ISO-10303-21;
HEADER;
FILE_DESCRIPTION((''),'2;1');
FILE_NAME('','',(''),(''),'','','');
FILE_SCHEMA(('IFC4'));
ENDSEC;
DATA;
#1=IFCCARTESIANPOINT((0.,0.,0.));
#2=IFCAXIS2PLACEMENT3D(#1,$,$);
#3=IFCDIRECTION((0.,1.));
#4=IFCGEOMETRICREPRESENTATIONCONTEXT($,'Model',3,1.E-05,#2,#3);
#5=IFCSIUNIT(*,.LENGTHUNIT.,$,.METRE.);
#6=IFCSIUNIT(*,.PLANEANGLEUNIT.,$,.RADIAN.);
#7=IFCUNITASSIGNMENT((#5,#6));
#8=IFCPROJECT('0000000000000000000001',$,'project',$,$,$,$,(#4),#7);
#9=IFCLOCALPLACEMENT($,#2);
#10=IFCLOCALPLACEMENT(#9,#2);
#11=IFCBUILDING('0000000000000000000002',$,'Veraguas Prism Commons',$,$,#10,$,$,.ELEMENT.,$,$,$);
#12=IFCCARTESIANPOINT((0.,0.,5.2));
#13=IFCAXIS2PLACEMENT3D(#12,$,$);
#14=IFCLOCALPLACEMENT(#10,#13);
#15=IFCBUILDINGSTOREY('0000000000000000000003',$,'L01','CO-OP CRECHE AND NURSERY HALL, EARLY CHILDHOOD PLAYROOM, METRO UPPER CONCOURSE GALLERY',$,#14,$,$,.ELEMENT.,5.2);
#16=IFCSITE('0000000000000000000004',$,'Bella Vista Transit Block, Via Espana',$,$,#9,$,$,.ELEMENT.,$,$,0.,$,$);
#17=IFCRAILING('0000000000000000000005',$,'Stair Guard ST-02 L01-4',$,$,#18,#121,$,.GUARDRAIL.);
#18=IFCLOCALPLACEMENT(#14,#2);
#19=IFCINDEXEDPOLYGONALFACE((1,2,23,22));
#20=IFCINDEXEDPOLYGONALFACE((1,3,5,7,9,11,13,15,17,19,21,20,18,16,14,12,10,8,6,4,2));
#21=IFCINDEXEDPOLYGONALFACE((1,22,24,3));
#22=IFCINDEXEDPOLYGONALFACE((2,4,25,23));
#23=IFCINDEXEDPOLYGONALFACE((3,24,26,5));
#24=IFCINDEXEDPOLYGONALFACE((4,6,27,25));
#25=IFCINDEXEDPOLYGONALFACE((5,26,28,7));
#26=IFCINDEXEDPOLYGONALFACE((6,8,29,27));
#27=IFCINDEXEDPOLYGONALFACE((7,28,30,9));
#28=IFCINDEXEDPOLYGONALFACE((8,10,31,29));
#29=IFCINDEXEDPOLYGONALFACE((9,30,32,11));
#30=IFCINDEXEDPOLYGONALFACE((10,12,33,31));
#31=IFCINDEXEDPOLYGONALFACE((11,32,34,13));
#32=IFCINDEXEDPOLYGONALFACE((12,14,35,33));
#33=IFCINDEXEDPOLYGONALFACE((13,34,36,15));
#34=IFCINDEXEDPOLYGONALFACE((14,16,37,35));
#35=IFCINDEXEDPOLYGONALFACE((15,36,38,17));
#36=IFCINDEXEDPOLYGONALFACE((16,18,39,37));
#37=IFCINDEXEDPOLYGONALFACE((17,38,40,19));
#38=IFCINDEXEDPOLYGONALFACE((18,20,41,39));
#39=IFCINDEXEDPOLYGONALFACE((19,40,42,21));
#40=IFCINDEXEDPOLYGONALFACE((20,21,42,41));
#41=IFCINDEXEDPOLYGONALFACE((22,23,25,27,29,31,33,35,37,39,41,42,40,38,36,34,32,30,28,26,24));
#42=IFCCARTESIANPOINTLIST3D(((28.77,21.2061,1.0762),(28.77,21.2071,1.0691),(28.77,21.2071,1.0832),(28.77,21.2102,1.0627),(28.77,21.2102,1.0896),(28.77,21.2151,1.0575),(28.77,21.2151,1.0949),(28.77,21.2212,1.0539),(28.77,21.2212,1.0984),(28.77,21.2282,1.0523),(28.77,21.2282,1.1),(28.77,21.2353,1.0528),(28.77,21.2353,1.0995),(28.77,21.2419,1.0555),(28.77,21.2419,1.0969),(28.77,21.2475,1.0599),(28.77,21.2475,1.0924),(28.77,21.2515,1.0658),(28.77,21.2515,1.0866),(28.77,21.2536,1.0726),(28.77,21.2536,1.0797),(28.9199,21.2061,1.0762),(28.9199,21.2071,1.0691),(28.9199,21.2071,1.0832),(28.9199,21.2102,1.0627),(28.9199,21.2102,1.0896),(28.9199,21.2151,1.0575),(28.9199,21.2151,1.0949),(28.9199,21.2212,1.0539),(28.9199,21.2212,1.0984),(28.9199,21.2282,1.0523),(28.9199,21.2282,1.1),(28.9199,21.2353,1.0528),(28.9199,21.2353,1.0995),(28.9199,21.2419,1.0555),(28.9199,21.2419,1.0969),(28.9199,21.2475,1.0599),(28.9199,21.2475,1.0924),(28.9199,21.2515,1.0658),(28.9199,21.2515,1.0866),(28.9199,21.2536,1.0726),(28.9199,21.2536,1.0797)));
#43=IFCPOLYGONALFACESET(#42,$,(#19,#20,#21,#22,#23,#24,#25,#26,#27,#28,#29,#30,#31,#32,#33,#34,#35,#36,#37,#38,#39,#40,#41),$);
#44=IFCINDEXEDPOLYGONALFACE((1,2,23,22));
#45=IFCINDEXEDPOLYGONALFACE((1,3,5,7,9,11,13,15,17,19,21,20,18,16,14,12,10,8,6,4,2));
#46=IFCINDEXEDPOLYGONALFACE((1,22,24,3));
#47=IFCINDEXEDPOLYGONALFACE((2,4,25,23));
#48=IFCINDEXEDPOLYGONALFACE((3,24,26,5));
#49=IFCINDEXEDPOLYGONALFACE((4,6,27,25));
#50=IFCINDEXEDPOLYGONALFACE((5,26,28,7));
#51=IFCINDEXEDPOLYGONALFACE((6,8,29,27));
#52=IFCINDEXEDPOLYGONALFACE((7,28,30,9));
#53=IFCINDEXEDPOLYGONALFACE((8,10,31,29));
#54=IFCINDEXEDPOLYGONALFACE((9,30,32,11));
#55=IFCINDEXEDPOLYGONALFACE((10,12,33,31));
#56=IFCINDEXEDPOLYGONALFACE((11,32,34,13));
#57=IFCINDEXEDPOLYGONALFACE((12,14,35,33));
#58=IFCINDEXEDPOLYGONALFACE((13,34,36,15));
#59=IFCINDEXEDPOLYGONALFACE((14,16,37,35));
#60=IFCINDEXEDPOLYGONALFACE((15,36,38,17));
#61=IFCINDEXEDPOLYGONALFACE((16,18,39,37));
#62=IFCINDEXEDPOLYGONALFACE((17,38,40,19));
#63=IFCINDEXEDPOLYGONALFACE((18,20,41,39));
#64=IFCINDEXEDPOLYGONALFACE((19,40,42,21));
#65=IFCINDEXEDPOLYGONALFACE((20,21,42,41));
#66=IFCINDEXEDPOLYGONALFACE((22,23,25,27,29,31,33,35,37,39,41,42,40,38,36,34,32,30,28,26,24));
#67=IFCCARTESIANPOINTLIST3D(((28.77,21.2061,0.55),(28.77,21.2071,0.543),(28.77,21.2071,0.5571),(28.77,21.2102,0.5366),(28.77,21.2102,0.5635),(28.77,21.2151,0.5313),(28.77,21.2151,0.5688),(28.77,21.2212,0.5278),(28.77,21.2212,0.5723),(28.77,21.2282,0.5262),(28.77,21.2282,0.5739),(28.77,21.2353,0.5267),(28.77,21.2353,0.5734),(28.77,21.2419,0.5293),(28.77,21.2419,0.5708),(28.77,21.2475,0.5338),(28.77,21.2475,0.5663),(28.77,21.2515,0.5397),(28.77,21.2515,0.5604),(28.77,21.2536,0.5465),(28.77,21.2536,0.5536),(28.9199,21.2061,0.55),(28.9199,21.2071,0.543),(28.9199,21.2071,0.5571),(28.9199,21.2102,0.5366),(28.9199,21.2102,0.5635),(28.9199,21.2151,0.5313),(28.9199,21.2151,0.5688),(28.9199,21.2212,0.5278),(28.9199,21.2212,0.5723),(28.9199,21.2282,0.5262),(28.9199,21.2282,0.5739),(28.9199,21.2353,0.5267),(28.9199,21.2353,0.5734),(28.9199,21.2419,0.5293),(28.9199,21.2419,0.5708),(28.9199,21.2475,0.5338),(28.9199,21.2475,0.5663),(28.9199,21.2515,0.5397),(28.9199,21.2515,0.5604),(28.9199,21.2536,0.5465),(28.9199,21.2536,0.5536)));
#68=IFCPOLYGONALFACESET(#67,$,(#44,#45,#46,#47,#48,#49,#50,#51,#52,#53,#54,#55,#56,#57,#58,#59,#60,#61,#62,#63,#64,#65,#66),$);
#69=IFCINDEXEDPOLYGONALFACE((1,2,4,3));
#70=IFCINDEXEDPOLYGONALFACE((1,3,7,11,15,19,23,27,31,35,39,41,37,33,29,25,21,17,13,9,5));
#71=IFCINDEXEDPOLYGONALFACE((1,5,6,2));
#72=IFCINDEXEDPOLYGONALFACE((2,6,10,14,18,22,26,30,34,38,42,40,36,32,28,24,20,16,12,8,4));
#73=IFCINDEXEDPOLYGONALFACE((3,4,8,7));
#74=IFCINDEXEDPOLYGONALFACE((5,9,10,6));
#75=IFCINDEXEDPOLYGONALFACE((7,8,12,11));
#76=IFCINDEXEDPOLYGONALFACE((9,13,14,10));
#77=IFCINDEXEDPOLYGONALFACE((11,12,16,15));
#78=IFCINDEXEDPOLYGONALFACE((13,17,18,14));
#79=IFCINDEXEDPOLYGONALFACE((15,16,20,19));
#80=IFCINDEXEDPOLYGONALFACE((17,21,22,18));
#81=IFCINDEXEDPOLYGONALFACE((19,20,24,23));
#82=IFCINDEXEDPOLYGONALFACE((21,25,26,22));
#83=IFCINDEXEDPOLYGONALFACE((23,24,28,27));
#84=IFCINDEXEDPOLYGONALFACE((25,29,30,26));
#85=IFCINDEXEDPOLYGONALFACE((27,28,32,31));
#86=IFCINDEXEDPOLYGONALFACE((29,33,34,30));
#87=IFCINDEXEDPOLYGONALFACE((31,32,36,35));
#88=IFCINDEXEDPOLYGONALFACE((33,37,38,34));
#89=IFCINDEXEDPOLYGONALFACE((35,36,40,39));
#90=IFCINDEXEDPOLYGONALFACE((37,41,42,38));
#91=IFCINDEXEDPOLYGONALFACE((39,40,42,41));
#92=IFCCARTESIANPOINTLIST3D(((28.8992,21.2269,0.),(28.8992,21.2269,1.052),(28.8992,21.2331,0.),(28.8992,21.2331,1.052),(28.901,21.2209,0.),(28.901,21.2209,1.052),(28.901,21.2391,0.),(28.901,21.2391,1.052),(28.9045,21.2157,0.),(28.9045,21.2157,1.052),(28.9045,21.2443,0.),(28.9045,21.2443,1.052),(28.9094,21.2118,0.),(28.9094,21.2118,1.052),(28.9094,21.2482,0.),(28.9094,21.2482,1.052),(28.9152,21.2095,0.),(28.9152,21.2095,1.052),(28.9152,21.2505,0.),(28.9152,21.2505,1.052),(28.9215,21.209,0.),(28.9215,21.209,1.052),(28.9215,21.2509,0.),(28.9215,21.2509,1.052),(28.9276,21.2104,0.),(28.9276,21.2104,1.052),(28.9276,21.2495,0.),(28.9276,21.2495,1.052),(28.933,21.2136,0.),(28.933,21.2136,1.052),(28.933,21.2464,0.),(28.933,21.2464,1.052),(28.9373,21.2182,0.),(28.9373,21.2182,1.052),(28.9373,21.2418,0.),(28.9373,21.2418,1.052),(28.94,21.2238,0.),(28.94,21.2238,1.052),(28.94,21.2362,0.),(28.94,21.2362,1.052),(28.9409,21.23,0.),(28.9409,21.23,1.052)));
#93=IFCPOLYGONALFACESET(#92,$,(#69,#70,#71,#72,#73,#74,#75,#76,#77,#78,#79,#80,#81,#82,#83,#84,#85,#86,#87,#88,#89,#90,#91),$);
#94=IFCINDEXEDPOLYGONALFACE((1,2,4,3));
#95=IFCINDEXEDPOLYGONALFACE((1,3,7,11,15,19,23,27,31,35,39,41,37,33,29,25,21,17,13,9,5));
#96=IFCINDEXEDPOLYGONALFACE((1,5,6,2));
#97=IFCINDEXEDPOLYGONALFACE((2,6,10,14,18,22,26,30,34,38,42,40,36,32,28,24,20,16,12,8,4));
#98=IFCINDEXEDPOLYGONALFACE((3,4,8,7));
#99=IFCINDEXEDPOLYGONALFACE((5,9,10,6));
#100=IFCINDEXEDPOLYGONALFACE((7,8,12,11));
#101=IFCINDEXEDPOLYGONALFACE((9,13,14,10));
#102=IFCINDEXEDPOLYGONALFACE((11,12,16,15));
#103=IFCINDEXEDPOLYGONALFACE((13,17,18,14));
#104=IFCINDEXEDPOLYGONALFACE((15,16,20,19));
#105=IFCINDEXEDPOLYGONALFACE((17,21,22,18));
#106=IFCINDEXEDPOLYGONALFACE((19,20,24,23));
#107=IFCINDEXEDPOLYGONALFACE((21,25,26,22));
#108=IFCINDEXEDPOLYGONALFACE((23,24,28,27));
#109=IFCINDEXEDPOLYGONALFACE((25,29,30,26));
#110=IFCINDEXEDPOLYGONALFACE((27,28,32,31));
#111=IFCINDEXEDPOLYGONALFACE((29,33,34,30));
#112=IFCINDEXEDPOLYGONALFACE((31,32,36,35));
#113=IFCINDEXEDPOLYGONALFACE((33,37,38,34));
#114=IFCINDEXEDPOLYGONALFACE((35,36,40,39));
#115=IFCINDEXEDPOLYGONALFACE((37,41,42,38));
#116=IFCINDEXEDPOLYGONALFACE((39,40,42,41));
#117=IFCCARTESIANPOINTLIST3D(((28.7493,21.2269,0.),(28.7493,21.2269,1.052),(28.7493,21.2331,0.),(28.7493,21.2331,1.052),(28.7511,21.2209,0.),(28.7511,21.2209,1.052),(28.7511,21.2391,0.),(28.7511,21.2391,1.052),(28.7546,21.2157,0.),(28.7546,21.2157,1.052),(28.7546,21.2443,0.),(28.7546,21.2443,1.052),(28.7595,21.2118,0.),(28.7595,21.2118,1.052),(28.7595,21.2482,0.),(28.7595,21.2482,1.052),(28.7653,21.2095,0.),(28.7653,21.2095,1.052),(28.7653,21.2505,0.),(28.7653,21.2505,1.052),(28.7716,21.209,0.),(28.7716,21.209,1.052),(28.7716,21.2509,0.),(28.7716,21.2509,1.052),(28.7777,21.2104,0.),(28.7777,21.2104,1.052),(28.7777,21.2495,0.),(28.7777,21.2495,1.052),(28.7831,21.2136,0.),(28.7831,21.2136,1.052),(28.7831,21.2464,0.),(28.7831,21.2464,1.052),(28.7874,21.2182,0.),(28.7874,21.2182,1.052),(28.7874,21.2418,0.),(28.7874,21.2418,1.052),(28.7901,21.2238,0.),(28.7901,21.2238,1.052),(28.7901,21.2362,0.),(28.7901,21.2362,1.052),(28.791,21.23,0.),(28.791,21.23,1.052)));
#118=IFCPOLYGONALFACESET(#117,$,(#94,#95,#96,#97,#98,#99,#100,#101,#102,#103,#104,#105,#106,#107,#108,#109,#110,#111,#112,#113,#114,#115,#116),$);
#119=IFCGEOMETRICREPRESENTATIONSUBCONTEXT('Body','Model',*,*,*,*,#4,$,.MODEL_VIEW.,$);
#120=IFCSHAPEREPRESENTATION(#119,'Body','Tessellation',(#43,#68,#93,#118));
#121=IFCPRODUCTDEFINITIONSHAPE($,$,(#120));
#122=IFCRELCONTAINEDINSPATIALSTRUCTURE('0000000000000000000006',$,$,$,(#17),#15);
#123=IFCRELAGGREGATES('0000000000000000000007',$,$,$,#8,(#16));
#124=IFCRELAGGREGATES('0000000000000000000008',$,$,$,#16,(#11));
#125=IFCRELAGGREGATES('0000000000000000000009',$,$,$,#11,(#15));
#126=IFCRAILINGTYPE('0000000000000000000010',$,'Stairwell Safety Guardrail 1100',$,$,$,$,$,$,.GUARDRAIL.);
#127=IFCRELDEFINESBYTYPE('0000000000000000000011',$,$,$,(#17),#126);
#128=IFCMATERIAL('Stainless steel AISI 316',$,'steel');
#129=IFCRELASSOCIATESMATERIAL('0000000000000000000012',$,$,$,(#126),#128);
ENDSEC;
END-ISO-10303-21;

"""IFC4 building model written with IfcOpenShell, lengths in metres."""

from ifc_helpers import new_model, si_unit, direction, frame, origin, origin_2d, place, context, subcontext, project, spatial, circle, extrude, material, type_object, element, save


model = new_model("IFC4")

# Units and contexts
model_context = context("Model", 3, precision=1e-05, world=origin(), true_north=direction((0.0, 1.0)))
body_context = subcontext(model_context, "Body", "Model", "MODEL_VIEW")
ifc_project = project(units=[si_unit("LENGTHUNIT", "METRE"), si_unit("PLANEANGLEUNIT", "RADIAN")], contexts=[model_context])

# Site, building, storey
site_placement = place(None, origin())
site = spatial("IfcSite", under=ifc_project, at=site_placement, Name="Bella Vista Transit Block, Via Espana", CompositionType="ELEMENT", RefElevation=0.0)
building_placement = place(site_placement, origin())
building = spatial("IfcBuilding", under=site, at=building_placement, Name="Veraguas Prism Commons", CompositionType="ELEMENT")
storey_placement = place(building_placement, frame((0.0, 0.0, 5.2)))
storey = spatial("IfcBuildingStorey", under=building, at=storey_placement, Name="L01", Description="CO-OP CRECHE AND NURSERY HALL, EARLY CHILDHOOD PLAYROOM, METRO UPPER CONCOURSE GALLERY", CompositionType="ELEMENT", Elevation=5.2)

# Railing
ifc_material_1 = material(Name="Stainless steel AISI 316", Category="steel")
railing_type_1 = type_object("IfcRailingType", Name="Stairwell Safety Guardrail 1100", PredefinedType="GUARDRAIL", material=ifc_material_1)
railing_1_placement = place(storey_placement, frame((28.9199, 21.23, 0.0)))
element("IfcRailing", 1, at=railing_1_placement, inside=storey, type_object=railing_type_1, Name="Stair Guard ST-02 L01-4", PredefinedType="GUARDRAIL", context=body_context, shape_type="SweptSolid", body=[
    extrude(circle(Radius=0.0239, at=origin_2d()), frame((0.0, 0.0, 1.0762), z_axis=(-1.0, 0.0, 0.0), x_axis=(0.0, -1.0, 0.0)), (0.0, 0.0, 1.0), 0.1499),
    extrude(circle(Radius=0.0239, at=origin_2d()), frame((0.0, 0.0, 0.55), z_axis=(-1.0, 0.0, 0.0), x_axis=(0.0, -1.0, 0.0)), (0.0, 0.0, 1.0), 0.1499),
    extrude(circle(Radius=0.021, at=origin_2d()), origin(), (0.0, 0.0, 1.0), 1.052),
    extrude(circle(Radius=0.021, at=origin_2d()), frame((-0.1499, 0.0, 0.0)), (0.0, 0.0, 1.0), 1.052),
])

save(model, "model.ifc")
